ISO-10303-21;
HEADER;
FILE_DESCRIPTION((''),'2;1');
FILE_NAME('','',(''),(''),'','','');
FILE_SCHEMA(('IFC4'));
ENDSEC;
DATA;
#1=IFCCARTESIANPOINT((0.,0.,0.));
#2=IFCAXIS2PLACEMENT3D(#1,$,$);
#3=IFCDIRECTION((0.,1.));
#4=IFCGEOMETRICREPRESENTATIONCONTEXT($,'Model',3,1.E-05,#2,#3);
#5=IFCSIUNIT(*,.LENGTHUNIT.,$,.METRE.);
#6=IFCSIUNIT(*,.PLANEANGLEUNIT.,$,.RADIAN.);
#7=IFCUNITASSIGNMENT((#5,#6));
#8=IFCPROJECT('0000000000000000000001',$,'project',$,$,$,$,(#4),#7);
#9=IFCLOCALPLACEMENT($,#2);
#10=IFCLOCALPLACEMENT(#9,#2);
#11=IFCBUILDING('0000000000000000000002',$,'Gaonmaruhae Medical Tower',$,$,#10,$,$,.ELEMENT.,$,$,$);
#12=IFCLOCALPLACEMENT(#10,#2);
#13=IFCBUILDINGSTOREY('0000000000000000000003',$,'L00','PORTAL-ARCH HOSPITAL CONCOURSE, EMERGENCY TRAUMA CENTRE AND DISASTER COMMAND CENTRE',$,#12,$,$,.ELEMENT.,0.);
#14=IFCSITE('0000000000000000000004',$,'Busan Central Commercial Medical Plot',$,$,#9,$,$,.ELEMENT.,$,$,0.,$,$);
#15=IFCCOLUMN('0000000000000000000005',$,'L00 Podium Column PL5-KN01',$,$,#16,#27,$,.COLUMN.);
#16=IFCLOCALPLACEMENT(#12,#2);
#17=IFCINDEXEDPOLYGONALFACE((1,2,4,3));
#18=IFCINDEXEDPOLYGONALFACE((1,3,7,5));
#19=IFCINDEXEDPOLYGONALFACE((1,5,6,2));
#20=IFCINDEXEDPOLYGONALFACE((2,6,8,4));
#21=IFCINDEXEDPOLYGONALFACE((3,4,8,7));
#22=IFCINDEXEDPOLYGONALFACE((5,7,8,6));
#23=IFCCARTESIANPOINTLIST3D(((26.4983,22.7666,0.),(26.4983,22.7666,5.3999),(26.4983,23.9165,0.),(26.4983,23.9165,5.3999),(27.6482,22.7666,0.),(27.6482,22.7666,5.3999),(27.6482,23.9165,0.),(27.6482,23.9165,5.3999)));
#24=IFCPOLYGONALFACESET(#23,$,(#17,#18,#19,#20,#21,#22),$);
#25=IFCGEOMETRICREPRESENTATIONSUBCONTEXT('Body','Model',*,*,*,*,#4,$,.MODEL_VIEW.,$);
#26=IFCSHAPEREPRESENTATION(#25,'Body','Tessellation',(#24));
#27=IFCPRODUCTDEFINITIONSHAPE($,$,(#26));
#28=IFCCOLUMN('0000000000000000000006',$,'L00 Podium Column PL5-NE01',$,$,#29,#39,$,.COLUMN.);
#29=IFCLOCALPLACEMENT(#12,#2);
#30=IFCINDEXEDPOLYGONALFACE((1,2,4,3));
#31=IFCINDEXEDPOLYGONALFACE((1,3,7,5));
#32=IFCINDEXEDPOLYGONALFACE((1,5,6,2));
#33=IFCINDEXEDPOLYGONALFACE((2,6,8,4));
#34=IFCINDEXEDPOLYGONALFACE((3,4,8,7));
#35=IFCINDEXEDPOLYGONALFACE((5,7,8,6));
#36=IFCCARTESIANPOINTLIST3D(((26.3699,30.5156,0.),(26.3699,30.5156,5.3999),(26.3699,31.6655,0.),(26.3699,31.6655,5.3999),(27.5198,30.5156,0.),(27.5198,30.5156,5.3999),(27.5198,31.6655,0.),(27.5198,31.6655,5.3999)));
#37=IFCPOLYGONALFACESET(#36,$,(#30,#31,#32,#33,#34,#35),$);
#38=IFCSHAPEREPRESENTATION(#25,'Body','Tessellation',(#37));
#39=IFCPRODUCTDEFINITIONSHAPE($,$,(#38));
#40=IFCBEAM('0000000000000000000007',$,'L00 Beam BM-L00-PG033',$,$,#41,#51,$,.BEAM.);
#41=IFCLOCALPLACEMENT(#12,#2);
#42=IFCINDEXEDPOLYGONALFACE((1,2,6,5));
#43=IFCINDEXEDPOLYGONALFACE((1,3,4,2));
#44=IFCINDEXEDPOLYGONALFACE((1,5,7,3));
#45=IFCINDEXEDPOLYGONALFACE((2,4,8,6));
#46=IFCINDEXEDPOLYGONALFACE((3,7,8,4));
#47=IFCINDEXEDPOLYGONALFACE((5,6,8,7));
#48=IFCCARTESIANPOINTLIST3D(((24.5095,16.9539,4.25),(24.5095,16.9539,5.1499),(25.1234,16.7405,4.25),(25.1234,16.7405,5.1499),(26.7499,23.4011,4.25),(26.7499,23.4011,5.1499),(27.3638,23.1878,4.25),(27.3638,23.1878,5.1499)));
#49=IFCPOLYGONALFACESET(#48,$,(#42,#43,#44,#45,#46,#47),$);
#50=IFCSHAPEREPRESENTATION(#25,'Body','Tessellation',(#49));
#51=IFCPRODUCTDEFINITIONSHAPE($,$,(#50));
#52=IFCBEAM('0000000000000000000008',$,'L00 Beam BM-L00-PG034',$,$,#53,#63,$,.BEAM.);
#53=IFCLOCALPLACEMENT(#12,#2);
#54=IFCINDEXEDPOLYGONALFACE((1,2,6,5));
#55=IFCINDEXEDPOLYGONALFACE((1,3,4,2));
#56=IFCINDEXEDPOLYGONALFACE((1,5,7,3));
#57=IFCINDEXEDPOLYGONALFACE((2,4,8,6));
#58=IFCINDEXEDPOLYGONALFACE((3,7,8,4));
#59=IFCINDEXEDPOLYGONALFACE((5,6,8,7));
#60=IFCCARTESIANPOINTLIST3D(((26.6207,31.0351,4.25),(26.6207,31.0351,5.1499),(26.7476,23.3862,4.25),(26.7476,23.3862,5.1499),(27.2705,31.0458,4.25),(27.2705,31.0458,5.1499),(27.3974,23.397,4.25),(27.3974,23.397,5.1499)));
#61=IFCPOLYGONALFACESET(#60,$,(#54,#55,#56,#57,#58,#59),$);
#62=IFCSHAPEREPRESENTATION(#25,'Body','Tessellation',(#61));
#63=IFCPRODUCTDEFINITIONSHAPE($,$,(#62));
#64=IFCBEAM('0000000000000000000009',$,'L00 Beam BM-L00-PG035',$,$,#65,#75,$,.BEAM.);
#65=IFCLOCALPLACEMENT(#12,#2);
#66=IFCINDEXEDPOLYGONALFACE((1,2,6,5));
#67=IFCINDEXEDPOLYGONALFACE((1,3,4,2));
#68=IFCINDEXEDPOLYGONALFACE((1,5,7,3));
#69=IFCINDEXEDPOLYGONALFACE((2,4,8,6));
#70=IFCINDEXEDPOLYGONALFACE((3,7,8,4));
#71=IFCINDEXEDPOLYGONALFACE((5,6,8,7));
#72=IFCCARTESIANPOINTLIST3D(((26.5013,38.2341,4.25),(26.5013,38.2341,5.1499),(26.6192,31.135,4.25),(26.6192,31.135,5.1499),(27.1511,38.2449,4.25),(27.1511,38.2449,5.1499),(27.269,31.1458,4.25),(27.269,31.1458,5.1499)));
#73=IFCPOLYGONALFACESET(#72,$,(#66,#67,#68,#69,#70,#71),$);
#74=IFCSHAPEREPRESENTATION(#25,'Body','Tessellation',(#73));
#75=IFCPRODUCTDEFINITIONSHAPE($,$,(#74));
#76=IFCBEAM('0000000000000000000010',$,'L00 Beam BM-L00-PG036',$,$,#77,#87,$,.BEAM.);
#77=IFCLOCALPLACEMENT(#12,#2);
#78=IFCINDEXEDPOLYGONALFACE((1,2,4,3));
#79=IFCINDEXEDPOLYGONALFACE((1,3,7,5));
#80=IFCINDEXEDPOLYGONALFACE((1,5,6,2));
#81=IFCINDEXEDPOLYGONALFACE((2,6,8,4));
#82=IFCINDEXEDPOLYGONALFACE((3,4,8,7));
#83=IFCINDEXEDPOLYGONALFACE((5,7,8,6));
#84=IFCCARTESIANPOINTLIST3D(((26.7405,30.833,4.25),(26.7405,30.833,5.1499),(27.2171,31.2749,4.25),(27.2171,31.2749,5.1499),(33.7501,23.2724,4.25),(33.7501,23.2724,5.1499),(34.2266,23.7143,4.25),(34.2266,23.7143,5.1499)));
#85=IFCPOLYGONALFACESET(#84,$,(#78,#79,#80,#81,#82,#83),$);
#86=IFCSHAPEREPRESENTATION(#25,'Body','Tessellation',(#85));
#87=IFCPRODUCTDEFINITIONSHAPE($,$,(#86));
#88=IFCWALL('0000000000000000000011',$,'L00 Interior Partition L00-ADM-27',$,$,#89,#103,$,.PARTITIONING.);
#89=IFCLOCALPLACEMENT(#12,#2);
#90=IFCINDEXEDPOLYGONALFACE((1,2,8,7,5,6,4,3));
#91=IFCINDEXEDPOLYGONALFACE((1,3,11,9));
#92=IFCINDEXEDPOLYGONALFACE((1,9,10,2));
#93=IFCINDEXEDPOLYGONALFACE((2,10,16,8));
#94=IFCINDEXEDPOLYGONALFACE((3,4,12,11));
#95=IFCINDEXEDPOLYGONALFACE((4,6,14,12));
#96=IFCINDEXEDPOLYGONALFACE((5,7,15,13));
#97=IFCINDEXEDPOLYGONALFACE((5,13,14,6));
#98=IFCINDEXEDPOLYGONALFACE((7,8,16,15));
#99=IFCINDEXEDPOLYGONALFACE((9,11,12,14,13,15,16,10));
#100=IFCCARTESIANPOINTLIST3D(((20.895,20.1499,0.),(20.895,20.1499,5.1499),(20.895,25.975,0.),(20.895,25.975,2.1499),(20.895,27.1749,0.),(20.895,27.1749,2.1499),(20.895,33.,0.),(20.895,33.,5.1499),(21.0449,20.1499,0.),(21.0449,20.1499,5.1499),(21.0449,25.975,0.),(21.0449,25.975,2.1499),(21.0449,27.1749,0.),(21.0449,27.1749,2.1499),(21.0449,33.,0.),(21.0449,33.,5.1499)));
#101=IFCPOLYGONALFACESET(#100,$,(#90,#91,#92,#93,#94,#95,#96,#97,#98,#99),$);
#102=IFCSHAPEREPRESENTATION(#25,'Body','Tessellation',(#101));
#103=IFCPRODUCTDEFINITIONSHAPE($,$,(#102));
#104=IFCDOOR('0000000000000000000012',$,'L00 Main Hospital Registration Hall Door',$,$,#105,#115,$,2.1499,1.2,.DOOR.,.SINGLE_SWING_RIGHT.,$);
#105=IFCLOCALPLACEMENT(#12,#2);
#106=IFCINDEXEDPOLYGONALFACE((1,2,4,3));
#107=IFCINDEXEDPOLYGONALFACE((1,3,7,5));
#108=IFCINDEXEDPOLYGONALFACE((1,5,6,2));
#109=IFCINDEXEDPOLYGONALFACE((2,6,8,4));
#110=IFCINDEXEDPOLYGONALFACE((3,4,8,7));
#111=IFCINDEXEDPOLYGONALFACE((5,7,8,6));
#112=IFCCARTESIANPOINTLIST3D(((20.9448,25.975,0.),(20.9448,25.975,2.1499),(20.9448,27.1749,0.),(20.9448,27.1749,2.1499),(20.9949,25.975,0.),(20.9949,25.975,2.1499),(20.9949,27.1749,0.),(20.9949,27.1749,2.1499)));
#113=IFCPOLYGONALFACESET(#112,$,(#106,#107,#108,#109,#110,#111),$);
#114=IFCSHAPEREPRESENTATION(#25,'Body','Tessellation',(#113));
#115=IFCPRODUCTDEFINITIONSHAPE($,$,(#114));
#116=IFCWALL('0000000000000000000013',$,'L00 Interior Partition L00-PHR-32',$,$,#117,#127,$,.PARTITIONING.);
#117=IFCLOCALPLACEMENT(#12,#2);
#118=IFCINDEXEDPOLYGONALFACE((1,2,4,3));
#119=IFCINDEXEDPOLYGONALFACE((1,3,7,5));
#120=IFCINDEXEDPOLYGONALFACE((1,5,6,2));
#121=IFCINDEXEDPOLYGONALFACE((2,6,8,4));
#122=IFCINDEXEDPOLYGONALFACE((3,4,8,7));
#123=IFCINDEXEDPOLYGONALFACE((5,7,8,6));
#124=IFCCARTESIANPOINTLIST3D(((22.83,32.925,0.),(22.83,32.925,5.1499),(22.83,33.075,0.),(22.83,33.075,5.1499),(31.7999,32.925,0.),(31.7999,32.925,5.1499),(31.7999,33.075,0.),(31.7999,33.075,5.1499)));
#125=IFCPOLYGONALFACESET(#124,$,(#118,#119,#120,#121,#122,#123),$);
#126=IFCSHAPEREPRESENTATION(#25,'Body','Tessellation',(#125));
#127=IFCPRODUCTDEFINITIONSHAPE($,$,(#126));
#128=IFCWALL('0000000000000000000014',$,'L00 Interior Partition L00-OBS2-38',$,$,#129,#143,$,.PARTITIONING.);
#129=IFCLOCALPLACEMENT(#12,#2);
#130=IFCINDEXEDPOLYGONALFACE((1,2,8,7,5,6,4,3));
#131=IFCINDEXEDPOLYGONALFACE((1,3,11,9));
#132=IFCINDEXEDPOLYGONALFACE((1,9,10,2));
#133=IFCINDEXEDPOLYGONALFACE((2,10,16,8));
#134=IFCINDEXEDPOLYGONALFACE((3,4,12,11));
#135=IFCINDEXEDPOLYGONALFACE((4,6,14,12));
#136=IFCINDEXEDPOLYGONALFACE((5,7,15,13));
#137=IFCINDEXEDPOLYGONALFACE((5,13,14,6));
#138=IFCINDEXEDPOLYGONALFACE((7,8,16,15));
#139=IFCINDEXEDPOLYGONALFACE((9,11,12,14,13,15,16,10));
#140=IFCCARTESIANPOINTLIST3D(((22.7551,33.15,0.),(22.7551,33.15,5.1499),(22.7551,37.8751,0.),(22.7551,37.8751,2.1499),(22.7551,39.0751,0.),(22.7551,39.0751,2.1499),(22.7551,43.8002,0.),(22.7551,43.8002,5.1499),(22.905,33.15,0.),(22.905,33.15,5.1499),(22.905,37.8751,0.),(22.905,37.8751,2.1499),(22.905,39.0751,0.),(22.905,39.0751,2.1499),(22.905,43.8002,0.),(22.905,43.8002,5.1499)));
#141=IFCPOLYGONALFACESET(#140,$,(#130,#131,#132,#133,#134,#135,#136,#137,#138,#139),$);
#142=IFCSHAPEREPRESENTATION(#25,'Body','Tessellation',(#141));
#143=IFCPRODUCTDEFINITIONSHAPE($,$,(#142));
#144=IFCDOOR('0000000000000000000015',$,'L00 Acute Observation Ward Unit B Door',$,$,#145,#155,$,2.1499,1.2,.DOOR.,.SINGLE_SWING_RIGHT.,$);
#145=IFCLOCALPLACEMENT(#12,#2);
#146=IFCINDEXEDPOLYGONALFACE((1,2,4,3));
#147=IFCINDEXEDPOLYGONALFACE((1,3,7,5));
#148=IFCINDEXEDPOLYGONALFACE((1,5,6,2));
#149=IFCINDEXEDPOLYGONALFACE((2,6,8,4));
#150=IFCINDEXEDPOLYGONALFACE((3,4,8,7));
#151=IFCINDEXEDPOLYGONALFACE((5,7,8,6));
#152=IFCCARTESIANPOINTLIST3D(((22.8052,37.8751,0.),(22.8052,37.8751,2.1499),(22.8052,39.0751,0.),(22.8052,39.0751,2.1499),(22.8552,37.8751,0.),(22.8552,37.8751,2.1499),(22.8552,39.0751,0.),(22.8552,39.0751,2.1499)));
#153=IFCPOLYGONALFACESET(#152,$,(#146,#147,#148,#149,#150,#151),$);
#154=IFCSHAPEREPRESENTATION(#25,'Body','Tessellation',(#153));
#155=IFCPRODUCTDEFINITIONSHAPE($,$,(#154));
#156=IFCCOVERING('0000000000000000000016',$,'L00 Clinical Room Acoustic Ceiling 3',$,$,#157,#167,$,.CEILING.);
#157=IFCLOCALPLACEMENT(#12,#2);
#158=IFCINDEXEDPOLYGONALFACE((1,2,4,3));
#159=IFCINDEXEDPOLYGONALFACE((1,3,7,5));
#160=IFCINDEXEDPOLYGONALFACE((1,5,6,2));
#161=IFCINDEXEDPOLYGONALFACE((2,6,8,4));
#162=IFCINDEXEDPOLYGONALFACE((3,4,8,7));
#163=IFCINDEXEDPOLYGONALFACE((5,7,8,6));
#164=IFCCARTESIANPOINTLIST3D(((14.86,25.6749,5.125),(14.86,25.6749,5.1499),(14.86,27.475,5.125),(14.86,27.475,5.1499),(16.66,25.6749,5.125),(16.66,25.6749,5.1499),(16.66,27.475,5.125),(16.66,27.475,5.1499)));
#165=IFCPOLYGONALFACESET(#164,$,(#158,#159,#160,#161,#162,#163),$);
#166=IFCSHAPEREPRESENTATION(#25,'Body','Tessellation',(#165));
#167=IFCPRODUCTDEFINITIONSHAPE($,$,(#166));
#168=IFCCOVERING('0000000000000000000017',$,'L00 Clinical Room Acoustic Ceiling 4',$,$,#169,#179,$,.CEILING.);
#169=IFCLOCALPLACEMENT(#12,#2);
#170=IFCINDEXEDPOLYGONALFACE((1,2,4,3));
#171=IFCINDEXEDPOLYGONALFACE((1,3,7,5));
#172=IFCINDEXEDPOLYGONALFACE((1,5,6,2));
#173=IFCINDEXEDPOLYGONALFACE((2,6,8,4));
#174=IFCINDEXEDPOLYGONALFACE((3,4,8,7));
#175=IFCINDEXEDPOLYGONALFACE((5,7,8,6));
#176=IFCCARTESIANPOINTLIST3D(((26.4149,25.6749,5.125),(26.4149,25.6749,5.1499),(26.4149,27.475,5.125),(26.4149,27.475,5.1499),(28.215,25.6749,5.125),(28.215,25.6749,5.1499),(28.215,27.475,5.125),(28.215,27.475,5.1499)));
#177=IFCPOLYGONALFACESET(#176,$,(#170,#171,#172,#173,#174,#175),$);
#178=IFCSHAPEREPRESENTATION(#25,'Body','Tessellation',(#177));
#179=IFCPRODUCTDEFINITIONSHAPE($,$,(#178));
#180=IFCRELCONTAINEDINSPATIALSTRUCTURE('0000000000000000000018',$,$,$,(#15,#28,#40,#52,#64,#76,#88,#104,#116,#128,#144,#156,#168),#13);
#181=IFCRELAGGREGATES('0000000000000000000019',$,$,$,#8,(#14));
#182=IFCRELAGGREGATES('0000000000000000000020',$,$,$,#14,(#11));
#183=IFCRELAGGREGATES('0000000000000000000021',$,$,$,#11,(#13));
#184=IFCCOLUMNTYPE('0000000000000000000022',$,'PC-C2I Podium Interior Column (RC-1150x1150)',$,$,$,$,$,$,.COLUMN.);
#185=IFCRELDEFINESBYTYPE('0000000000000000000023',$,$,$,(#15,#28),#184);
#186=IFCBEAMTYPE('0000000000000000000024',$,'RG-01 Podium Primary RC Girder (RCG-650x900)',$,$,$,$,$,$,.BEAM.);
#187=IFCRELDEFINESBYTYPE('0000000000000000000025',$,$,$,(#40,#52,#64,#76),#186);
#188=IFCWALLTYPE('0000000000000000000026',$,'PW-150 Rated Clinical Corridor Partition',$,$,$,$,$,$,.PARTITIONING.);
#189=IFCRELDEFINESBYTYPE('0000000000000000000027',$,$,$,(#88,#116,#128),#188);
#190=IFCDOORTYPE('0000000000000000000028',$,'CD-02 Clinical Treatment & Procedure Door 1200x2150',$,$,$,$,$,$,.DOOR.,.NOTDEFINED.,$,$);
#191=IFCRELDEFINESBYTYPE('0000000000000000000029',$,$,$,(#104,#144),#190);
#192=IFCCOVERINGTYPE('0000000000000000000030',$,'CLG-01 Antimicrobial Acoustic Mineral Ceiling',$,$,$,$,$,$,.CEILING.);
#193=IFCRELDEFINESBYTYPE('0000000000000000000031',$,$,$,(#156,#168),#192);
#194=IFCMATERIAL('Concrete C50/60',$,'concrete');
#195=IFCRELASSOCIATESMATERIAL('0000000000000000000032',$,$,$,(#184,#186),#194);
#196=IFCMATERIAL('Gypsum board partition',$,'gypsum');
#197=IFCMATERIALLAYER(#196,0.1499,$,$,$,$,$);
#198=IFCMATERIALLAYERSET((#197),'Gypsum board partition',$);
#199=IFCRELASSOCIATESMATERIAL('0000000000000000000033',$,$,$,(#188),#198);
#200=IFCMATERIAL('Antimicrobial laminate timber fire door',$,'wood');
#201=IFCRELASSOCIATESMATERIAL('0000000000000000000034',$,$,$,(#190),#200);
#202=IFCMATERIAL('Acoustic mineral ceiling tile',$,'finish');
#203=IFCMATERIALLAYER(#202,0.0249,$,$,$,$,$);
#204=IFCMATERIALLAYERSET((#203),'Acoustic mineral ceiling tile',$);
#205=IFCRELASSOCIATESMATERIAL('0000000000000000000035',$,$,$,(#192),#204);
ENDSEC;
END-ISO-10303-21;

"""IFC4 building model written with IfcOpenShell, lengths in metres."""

from ifc_helpers import new_model, si_unit, direction, frame, frame_2d, origin, origin_2d, place, context, subcontext, project, spatial, rectangle, extrude, material, layer, layer_set, material_profile, profile_set, type_object, element, fill, save


model = new_model("IFC4")

# Units and contexts
model_context = context("Model", 3, precision=1e-05, world=origin(), true_north=direction((0.0, 1.0)))
body_context = subcontext(model_context, "Body", "Model", "MODEL_VIEW")
ifc_project = project(units=[si_unit("LENGTHUNIT", "METRE"), si_unit("PLANEANGLEUNIT", "RADIAN")], contexts=[model_context])

# Site, building, storey
site_placement = place(None, origin())
site = spatial("IfcSite", under=ifc_project, at=site_placement, Name="Busan Central Commercial Medical Plot", CompositionType="ELEMENT", RefElevation=0.0)
building_placement = place(site_placement, origin())
building = spatial("IfcBuilding", under=site, at=building_placement, Name="Gaonmaruhae Medical Tower", CompositionType="ELEMENT")
storey_placement = place(building_placement, origin())
storey = spatial("IfcBuildingStorey", under=building, at=storey_placement, Name="L00", Description="PORTAL-ARCH HOSPITAL CONCOURSE, EMERGENCY TRAUMA CENTRE AND DISASTER COMMAND CENTRE", CompositionType="ELEMENT", Elevation=0.0)

# Columns
ifc_material_1 = material(Name="Concrete C50/60", Category="concrete")
ifc_material_profile_1 = material_profile(ifc_material_1, rectangle(XDim=1.1499, YDim=1.1499, at=origin_2d()), Name="RC-1150x1150")
ifc_profile_set_1 = profile_set([ifc_material_profile_1], Name="Concrete C50/60")
column_type = type_object("IfcColumnType", Name="PC-C2I Podium Interior Column (RC-1150x1150)", PredefinedType="COLUMN", material=ifc_profile_set_1)
for number, where, z_axis, x_axis, name in (
    (1, (27.0732, 23.3416, 0.0), (0.0, 0.0, 1.0), (1.0, 0.0, 0.0), "L00 Podium Column PL5-KN01"),
    (2, (26.9448, 31.0906, 0.0), (0.0, 0.0, 1.0), (1.0, 0.0, 0.0), "L00 Podium Column PL5-NE01"),
):
    element("IfcColumn", number, at=place(storey_placement, frame(where, z_axis=z_axis, x_axis=x_axis)), inside=storey, type_object=column_type, Name=name, PredefinedType="COLUMN", context=body_context, shape_type="SweptSolid", body=[
        extrude(rectangle(XDim=1.1499, YDim=1.1499, at=origin_2d()), origin(), (0.0, 0.0, 1.0), 5.3999),
    ])

# Beams
ifc_material_profile_2 = material_profile(ifc_material_1, rectangle(XDim=0.6499, YDim=0.8999, at=origin_2d()), Name="RCG-650x900")
ifc_profile_set_2 = profile_set([ifc_material_profile_2], Name="Concrete C50/60")
beam_type = type_object("IfcBeamType", Name="RG-01 Podium Primary RC Girder (RCG-650x900)", PredefinedType="BEAM", material=ifc_profile_set_2)
beam_1_placement = place(storey_placement, frame((27.0569, 23.2944, 4.7), z_axis=(-0.328253, -0.94459, 0.0), x_axis=(0.94459, -0.328253, 0.0)))
element("IfcBeam", 3, at=beam_1_placement, inside=storey, type_object=beam_type, Name="L00 Beam BM-L00-PG033", PredefinedType="BEAM", context=body_context, shape_type="SweptSolid", body=[
    extrude(rectangle(XDim=0.6499, YDim=0.8999, at=origin_2d()), origin(), (0.0, 0.0, 1.0), 6.8254),
])
beam_2_placement = place(storey_placement, frame((27.0725, 23.3916, 4.7), z_axis=(-0.016595, 0.999862, 0.0), x_axis=(-0.999862, -0.016595, 0.0)))
element("IfcBeam", 4, at=beam_2_placement, inside=storey, type_object=beam_type, Name="L00 Beam BM-L00-PG034", PredefinedType="BEAM", context=body_context, shape_type="SweptSolid", body=[
    extrude(rectangle(XDim=0.6499, YDim=0.8999, at=origin_2d()), origin(), (0.0, 0.0, 1.0), 7.6499),
])
beam_3_placement = place(storey_placement, frame((26.9441, 31.1404, 4.7), z_axis=(-0.016608, 0.999862, 0.0), x_axis=(-0.999862, -0.016608, 0.0)))
element("IfcBeam", 5, at=beam_3_placement, inside=storey, type_object=beam_type, Name="L00 Beam BM-L00-PG035", PredefinedType="BEAM", context=body_context, shape_type="SweptSolid", body=[
    extrude(rectangle(XDim=0.6499, YDim=0.8999, at=origin_2d()), origin(), (0.0, 0.0, 1.0), 7.1001),
])
beam_4_placement = place(storey_placement, frame((26.9788, 31.054, 4.7), z_axis=(0.679879, -0.733325, 0.0), x_axis=(0.733325, 0.679879, 0.0)))
element("IfcBeam", 6, at=beam_4_placement, inside=storey, type_object=beam_type, Name="L00 Beam BM-L00-PG036", PredefinedType="BEAM", context=body_context, shape_type="SweptSolid", body=[
    extrude(rectangle(XDim=0.6499, YDim=0.8999, at=origin_2d()), origin(), (0.0, 0.0, 1.0), 10.3101),
])

# Wall, opening, door
ifc_material_2 = material(Name="Gypsum board partition", Category="gypsum")
ifc_layer_1 = layer(ifc_material_2, 0.1499)
ifc_layer_set_1 = layer_set([ifc_layer_1], Name="Gypsum board partition")
wall_type = type_object("IfcWallType", Name="PW-150 Rated Clinical Corridor Partition", PredefinedType="PARTITIONING", material=ifc_layer_set_1)
wall_1_placement = place(storey_placement, frame((20.97, 33.0, 0.0), z_axis=(0.0, 0.0, 1.0), x_axis=(0.0, -1.0, 0.0)))
wall_1 = element("IfcWall", 7, at=wall_1_placement, inside=storey, type_object=wall_type, Name="L00 Interior Partition L00-ADM-27", PredefinedType="PARTITIONING", context=body_context, shape_type="SweptSolid", body=[
    extrude(rectangle(XDim=12.8501, YDim=0.1499, at=frame_2d((6.425, 0.0))), origin(), (0.0, 0.0, 1.0), 5.1499),
])
opening_1_placement = place(wall_1_placement, frame((5.825, 0.0, 0.0)))
opening_1 = element("IfcOpeningElement", 8, at=opening_1_placement, cuts=wall_1, PredefinedType="OPENING", context=body_context, shape_type="SweptSolid", body=[
    extrude(rectangle(XDim=1.2, YDim=2.1499, at=frame_2d((0.6001, 1.075))), frame((0.0, 0.085, 0.0), z_axis=(0.0, -1.0, 0.0), x_axis=(1.0, 0.0, 0.0)), (0.0, 0.0, 1.0), 0.1699),
])
ifc_material_3 = material(Name="Antimicrobial laminate timber fire door", Category="wood")
door_type = type_object("IfcDoorType", Name="CD-02 Clinical Treatment & Procedure Door 1200x2150", OperationType="NOTDEFINED", PredefinedType="DOOR", material=ifc_material_3)
door_1_placement = place(opening_1_placement, origin())
door_1 = element("IfcDoor", 9, at=door_1_placement, inside=storey, type_object=door_type, Name="L00 Main Hospital Registration Hall Door", OperationType="SINGLE_SWING_RIGHT", OverallHeight=2.1499, OverallWidth=1.2, PredefinedType="DOOR", context=body_context, shape_type="SweptSolid", body=[
    extrude(rectangle(XDim=1.2, YDim=2.1499, at=frame_2d((0.6001, 1.075))), frame((0.0, 0.0249, 0.0), z_axis=(0.0, -1.0, 0.0), x_axis=(1.0, 0.0, 0.0)), (0.0, 0.0, 1.0), 0.05),
])
fill(opening_1, door_1)

# Wall
wall_2_placement = place(storey_placement, frame((22.8301, 33.0, 0.0), z_axis=(0.0, 0.0, 1.0), x_axis=(1.0, 0.0, 0.0)))
element("IfcWall", 10, at=wall_2_placement, inside=storey, type_object=wall_type, Name="L00 Interior Partition L00-PHR-32", PredefinedType="PARTITIONING", context=body_context, shape_type="SweptSolid", body=[
    extrude(rectangle(XDim=8.97, YDim=0.1499, at=frame_2d((4.4849, 0.0))), origin(), (0.0, 0.0, 1.0), 5.1499),
])

# Wall, opening, door
wall_3_placement = place(storey_placement, frame((22.8301, 33.1499, 0.0), z_axis=(0.0, 0.0, 1.0), x_axis=(0.0, 1.0, 0.0)))
wall_3 = element("IfcWall", 11, at=wall_3_placement, inside=storey, type_object=wall_type, Name="L00 Interior Partition L00-OBS2-38", PredefinedType="PARTITIONING", context=body_context, shape_type="SweptSolid", body=[
    extrude(rectangle(XDim=10.6501, YDim=0.1499, at=frame_2d((5.3252, 0.0))), origin(), (0.0, 0.0, 1.0), 5.1499),
])
opening_2_placement = place(wall_3_placement, frame((4.7251, 0.0, 0.0)))
opening_2 = element("IfcOpeningElement", 12, at=opening_2_placement, cuts=wall_3, PredefinedType="OPENING", context=body_context, shape_type="SweptSolid", body=[
    extrude(rectangle(XDim=1.2, YDim=2.1499, at=frame_2d((0.6001, 1.075))), frame((0.0, 0.085, 0.0), z_axis=(0.0, -1.0, 0.0), x_axis=(1.0, 0.0, 0.0)), (0.0, 0.0, 1.0), 0.1699),
])
door_2_placement = place(opening_2_placement, origin())
door_2 = element("IfcDoor", 13, at=door_2_placement, inside=storey, type_object=door_type, Name="L00 Acute Observation Ward Unit B Door", OperationType="SINGLE_SWING_RIGHT", OverallHeight=2.1499, OverallWidth=1.2, PredefinedType="DOOR", context=body_context, shape_type="SweptSolid", body=[
    extrude(rectangle(XDim=1.2, YDim=2.1499, at=frame_2d((0.6001, 1.075))), frame((0.0, 0.0249, 0.0), z_axis=(0.0, -1.0, 0.0), x_axis=(1.0, 0.0, 0.0)), (0.0, 0.0, 1.0), 0.05),
])
fill(opening_2, door_2)

# Coverings
ifc_material_4 = material(Name="Acoustic mineral ceiling tile", Category="finish")
ifc_layer_2 = layer(ifc_material_4, 0.0249)
ifc_layer_set_2 = layer_set([ifc_layer_2], Name="Acoustic mineral ceiling tile")
covering_type_1 = type_object("IfcCoveringType", Name="CLG-01 Antimicrobial Acoustic Mineral Ceiling", PredefinedType="CEILING", material=ifc_layer_set_2)
for number, where, z_axis, x_axis, name in (
    (14, (15.76, 26.575, 5.125), (0.0, 0.0, 1.0), (1.0, 0.0, 0.0), "L00 Clinical Room Acoustic Ceiling 3"),
    (15, (27.3149, 26.575, 5.125), (0.0, 0.0, 1.0), (1.0, 0.0, 0.0), "L00 Clinical Room Acoustic Ceiling 4"),
):
    element("IfcCovering", number, at=place(storey_placement, frame(where, z_axis=z_axis, x_axis=x_axis)), inside=storey, type_object=covering_type_1, Name=name, PredefinedType="CEILING", context=body_context, shape_type="SweptSolid", body=[
        extrude(rectangle(XDim=1.8, YDim=1.8, at=origin_2d()), origin(), (0.0, 0.0, 1.0), 0.0249),
    ])

save(model, "model.ifc")
